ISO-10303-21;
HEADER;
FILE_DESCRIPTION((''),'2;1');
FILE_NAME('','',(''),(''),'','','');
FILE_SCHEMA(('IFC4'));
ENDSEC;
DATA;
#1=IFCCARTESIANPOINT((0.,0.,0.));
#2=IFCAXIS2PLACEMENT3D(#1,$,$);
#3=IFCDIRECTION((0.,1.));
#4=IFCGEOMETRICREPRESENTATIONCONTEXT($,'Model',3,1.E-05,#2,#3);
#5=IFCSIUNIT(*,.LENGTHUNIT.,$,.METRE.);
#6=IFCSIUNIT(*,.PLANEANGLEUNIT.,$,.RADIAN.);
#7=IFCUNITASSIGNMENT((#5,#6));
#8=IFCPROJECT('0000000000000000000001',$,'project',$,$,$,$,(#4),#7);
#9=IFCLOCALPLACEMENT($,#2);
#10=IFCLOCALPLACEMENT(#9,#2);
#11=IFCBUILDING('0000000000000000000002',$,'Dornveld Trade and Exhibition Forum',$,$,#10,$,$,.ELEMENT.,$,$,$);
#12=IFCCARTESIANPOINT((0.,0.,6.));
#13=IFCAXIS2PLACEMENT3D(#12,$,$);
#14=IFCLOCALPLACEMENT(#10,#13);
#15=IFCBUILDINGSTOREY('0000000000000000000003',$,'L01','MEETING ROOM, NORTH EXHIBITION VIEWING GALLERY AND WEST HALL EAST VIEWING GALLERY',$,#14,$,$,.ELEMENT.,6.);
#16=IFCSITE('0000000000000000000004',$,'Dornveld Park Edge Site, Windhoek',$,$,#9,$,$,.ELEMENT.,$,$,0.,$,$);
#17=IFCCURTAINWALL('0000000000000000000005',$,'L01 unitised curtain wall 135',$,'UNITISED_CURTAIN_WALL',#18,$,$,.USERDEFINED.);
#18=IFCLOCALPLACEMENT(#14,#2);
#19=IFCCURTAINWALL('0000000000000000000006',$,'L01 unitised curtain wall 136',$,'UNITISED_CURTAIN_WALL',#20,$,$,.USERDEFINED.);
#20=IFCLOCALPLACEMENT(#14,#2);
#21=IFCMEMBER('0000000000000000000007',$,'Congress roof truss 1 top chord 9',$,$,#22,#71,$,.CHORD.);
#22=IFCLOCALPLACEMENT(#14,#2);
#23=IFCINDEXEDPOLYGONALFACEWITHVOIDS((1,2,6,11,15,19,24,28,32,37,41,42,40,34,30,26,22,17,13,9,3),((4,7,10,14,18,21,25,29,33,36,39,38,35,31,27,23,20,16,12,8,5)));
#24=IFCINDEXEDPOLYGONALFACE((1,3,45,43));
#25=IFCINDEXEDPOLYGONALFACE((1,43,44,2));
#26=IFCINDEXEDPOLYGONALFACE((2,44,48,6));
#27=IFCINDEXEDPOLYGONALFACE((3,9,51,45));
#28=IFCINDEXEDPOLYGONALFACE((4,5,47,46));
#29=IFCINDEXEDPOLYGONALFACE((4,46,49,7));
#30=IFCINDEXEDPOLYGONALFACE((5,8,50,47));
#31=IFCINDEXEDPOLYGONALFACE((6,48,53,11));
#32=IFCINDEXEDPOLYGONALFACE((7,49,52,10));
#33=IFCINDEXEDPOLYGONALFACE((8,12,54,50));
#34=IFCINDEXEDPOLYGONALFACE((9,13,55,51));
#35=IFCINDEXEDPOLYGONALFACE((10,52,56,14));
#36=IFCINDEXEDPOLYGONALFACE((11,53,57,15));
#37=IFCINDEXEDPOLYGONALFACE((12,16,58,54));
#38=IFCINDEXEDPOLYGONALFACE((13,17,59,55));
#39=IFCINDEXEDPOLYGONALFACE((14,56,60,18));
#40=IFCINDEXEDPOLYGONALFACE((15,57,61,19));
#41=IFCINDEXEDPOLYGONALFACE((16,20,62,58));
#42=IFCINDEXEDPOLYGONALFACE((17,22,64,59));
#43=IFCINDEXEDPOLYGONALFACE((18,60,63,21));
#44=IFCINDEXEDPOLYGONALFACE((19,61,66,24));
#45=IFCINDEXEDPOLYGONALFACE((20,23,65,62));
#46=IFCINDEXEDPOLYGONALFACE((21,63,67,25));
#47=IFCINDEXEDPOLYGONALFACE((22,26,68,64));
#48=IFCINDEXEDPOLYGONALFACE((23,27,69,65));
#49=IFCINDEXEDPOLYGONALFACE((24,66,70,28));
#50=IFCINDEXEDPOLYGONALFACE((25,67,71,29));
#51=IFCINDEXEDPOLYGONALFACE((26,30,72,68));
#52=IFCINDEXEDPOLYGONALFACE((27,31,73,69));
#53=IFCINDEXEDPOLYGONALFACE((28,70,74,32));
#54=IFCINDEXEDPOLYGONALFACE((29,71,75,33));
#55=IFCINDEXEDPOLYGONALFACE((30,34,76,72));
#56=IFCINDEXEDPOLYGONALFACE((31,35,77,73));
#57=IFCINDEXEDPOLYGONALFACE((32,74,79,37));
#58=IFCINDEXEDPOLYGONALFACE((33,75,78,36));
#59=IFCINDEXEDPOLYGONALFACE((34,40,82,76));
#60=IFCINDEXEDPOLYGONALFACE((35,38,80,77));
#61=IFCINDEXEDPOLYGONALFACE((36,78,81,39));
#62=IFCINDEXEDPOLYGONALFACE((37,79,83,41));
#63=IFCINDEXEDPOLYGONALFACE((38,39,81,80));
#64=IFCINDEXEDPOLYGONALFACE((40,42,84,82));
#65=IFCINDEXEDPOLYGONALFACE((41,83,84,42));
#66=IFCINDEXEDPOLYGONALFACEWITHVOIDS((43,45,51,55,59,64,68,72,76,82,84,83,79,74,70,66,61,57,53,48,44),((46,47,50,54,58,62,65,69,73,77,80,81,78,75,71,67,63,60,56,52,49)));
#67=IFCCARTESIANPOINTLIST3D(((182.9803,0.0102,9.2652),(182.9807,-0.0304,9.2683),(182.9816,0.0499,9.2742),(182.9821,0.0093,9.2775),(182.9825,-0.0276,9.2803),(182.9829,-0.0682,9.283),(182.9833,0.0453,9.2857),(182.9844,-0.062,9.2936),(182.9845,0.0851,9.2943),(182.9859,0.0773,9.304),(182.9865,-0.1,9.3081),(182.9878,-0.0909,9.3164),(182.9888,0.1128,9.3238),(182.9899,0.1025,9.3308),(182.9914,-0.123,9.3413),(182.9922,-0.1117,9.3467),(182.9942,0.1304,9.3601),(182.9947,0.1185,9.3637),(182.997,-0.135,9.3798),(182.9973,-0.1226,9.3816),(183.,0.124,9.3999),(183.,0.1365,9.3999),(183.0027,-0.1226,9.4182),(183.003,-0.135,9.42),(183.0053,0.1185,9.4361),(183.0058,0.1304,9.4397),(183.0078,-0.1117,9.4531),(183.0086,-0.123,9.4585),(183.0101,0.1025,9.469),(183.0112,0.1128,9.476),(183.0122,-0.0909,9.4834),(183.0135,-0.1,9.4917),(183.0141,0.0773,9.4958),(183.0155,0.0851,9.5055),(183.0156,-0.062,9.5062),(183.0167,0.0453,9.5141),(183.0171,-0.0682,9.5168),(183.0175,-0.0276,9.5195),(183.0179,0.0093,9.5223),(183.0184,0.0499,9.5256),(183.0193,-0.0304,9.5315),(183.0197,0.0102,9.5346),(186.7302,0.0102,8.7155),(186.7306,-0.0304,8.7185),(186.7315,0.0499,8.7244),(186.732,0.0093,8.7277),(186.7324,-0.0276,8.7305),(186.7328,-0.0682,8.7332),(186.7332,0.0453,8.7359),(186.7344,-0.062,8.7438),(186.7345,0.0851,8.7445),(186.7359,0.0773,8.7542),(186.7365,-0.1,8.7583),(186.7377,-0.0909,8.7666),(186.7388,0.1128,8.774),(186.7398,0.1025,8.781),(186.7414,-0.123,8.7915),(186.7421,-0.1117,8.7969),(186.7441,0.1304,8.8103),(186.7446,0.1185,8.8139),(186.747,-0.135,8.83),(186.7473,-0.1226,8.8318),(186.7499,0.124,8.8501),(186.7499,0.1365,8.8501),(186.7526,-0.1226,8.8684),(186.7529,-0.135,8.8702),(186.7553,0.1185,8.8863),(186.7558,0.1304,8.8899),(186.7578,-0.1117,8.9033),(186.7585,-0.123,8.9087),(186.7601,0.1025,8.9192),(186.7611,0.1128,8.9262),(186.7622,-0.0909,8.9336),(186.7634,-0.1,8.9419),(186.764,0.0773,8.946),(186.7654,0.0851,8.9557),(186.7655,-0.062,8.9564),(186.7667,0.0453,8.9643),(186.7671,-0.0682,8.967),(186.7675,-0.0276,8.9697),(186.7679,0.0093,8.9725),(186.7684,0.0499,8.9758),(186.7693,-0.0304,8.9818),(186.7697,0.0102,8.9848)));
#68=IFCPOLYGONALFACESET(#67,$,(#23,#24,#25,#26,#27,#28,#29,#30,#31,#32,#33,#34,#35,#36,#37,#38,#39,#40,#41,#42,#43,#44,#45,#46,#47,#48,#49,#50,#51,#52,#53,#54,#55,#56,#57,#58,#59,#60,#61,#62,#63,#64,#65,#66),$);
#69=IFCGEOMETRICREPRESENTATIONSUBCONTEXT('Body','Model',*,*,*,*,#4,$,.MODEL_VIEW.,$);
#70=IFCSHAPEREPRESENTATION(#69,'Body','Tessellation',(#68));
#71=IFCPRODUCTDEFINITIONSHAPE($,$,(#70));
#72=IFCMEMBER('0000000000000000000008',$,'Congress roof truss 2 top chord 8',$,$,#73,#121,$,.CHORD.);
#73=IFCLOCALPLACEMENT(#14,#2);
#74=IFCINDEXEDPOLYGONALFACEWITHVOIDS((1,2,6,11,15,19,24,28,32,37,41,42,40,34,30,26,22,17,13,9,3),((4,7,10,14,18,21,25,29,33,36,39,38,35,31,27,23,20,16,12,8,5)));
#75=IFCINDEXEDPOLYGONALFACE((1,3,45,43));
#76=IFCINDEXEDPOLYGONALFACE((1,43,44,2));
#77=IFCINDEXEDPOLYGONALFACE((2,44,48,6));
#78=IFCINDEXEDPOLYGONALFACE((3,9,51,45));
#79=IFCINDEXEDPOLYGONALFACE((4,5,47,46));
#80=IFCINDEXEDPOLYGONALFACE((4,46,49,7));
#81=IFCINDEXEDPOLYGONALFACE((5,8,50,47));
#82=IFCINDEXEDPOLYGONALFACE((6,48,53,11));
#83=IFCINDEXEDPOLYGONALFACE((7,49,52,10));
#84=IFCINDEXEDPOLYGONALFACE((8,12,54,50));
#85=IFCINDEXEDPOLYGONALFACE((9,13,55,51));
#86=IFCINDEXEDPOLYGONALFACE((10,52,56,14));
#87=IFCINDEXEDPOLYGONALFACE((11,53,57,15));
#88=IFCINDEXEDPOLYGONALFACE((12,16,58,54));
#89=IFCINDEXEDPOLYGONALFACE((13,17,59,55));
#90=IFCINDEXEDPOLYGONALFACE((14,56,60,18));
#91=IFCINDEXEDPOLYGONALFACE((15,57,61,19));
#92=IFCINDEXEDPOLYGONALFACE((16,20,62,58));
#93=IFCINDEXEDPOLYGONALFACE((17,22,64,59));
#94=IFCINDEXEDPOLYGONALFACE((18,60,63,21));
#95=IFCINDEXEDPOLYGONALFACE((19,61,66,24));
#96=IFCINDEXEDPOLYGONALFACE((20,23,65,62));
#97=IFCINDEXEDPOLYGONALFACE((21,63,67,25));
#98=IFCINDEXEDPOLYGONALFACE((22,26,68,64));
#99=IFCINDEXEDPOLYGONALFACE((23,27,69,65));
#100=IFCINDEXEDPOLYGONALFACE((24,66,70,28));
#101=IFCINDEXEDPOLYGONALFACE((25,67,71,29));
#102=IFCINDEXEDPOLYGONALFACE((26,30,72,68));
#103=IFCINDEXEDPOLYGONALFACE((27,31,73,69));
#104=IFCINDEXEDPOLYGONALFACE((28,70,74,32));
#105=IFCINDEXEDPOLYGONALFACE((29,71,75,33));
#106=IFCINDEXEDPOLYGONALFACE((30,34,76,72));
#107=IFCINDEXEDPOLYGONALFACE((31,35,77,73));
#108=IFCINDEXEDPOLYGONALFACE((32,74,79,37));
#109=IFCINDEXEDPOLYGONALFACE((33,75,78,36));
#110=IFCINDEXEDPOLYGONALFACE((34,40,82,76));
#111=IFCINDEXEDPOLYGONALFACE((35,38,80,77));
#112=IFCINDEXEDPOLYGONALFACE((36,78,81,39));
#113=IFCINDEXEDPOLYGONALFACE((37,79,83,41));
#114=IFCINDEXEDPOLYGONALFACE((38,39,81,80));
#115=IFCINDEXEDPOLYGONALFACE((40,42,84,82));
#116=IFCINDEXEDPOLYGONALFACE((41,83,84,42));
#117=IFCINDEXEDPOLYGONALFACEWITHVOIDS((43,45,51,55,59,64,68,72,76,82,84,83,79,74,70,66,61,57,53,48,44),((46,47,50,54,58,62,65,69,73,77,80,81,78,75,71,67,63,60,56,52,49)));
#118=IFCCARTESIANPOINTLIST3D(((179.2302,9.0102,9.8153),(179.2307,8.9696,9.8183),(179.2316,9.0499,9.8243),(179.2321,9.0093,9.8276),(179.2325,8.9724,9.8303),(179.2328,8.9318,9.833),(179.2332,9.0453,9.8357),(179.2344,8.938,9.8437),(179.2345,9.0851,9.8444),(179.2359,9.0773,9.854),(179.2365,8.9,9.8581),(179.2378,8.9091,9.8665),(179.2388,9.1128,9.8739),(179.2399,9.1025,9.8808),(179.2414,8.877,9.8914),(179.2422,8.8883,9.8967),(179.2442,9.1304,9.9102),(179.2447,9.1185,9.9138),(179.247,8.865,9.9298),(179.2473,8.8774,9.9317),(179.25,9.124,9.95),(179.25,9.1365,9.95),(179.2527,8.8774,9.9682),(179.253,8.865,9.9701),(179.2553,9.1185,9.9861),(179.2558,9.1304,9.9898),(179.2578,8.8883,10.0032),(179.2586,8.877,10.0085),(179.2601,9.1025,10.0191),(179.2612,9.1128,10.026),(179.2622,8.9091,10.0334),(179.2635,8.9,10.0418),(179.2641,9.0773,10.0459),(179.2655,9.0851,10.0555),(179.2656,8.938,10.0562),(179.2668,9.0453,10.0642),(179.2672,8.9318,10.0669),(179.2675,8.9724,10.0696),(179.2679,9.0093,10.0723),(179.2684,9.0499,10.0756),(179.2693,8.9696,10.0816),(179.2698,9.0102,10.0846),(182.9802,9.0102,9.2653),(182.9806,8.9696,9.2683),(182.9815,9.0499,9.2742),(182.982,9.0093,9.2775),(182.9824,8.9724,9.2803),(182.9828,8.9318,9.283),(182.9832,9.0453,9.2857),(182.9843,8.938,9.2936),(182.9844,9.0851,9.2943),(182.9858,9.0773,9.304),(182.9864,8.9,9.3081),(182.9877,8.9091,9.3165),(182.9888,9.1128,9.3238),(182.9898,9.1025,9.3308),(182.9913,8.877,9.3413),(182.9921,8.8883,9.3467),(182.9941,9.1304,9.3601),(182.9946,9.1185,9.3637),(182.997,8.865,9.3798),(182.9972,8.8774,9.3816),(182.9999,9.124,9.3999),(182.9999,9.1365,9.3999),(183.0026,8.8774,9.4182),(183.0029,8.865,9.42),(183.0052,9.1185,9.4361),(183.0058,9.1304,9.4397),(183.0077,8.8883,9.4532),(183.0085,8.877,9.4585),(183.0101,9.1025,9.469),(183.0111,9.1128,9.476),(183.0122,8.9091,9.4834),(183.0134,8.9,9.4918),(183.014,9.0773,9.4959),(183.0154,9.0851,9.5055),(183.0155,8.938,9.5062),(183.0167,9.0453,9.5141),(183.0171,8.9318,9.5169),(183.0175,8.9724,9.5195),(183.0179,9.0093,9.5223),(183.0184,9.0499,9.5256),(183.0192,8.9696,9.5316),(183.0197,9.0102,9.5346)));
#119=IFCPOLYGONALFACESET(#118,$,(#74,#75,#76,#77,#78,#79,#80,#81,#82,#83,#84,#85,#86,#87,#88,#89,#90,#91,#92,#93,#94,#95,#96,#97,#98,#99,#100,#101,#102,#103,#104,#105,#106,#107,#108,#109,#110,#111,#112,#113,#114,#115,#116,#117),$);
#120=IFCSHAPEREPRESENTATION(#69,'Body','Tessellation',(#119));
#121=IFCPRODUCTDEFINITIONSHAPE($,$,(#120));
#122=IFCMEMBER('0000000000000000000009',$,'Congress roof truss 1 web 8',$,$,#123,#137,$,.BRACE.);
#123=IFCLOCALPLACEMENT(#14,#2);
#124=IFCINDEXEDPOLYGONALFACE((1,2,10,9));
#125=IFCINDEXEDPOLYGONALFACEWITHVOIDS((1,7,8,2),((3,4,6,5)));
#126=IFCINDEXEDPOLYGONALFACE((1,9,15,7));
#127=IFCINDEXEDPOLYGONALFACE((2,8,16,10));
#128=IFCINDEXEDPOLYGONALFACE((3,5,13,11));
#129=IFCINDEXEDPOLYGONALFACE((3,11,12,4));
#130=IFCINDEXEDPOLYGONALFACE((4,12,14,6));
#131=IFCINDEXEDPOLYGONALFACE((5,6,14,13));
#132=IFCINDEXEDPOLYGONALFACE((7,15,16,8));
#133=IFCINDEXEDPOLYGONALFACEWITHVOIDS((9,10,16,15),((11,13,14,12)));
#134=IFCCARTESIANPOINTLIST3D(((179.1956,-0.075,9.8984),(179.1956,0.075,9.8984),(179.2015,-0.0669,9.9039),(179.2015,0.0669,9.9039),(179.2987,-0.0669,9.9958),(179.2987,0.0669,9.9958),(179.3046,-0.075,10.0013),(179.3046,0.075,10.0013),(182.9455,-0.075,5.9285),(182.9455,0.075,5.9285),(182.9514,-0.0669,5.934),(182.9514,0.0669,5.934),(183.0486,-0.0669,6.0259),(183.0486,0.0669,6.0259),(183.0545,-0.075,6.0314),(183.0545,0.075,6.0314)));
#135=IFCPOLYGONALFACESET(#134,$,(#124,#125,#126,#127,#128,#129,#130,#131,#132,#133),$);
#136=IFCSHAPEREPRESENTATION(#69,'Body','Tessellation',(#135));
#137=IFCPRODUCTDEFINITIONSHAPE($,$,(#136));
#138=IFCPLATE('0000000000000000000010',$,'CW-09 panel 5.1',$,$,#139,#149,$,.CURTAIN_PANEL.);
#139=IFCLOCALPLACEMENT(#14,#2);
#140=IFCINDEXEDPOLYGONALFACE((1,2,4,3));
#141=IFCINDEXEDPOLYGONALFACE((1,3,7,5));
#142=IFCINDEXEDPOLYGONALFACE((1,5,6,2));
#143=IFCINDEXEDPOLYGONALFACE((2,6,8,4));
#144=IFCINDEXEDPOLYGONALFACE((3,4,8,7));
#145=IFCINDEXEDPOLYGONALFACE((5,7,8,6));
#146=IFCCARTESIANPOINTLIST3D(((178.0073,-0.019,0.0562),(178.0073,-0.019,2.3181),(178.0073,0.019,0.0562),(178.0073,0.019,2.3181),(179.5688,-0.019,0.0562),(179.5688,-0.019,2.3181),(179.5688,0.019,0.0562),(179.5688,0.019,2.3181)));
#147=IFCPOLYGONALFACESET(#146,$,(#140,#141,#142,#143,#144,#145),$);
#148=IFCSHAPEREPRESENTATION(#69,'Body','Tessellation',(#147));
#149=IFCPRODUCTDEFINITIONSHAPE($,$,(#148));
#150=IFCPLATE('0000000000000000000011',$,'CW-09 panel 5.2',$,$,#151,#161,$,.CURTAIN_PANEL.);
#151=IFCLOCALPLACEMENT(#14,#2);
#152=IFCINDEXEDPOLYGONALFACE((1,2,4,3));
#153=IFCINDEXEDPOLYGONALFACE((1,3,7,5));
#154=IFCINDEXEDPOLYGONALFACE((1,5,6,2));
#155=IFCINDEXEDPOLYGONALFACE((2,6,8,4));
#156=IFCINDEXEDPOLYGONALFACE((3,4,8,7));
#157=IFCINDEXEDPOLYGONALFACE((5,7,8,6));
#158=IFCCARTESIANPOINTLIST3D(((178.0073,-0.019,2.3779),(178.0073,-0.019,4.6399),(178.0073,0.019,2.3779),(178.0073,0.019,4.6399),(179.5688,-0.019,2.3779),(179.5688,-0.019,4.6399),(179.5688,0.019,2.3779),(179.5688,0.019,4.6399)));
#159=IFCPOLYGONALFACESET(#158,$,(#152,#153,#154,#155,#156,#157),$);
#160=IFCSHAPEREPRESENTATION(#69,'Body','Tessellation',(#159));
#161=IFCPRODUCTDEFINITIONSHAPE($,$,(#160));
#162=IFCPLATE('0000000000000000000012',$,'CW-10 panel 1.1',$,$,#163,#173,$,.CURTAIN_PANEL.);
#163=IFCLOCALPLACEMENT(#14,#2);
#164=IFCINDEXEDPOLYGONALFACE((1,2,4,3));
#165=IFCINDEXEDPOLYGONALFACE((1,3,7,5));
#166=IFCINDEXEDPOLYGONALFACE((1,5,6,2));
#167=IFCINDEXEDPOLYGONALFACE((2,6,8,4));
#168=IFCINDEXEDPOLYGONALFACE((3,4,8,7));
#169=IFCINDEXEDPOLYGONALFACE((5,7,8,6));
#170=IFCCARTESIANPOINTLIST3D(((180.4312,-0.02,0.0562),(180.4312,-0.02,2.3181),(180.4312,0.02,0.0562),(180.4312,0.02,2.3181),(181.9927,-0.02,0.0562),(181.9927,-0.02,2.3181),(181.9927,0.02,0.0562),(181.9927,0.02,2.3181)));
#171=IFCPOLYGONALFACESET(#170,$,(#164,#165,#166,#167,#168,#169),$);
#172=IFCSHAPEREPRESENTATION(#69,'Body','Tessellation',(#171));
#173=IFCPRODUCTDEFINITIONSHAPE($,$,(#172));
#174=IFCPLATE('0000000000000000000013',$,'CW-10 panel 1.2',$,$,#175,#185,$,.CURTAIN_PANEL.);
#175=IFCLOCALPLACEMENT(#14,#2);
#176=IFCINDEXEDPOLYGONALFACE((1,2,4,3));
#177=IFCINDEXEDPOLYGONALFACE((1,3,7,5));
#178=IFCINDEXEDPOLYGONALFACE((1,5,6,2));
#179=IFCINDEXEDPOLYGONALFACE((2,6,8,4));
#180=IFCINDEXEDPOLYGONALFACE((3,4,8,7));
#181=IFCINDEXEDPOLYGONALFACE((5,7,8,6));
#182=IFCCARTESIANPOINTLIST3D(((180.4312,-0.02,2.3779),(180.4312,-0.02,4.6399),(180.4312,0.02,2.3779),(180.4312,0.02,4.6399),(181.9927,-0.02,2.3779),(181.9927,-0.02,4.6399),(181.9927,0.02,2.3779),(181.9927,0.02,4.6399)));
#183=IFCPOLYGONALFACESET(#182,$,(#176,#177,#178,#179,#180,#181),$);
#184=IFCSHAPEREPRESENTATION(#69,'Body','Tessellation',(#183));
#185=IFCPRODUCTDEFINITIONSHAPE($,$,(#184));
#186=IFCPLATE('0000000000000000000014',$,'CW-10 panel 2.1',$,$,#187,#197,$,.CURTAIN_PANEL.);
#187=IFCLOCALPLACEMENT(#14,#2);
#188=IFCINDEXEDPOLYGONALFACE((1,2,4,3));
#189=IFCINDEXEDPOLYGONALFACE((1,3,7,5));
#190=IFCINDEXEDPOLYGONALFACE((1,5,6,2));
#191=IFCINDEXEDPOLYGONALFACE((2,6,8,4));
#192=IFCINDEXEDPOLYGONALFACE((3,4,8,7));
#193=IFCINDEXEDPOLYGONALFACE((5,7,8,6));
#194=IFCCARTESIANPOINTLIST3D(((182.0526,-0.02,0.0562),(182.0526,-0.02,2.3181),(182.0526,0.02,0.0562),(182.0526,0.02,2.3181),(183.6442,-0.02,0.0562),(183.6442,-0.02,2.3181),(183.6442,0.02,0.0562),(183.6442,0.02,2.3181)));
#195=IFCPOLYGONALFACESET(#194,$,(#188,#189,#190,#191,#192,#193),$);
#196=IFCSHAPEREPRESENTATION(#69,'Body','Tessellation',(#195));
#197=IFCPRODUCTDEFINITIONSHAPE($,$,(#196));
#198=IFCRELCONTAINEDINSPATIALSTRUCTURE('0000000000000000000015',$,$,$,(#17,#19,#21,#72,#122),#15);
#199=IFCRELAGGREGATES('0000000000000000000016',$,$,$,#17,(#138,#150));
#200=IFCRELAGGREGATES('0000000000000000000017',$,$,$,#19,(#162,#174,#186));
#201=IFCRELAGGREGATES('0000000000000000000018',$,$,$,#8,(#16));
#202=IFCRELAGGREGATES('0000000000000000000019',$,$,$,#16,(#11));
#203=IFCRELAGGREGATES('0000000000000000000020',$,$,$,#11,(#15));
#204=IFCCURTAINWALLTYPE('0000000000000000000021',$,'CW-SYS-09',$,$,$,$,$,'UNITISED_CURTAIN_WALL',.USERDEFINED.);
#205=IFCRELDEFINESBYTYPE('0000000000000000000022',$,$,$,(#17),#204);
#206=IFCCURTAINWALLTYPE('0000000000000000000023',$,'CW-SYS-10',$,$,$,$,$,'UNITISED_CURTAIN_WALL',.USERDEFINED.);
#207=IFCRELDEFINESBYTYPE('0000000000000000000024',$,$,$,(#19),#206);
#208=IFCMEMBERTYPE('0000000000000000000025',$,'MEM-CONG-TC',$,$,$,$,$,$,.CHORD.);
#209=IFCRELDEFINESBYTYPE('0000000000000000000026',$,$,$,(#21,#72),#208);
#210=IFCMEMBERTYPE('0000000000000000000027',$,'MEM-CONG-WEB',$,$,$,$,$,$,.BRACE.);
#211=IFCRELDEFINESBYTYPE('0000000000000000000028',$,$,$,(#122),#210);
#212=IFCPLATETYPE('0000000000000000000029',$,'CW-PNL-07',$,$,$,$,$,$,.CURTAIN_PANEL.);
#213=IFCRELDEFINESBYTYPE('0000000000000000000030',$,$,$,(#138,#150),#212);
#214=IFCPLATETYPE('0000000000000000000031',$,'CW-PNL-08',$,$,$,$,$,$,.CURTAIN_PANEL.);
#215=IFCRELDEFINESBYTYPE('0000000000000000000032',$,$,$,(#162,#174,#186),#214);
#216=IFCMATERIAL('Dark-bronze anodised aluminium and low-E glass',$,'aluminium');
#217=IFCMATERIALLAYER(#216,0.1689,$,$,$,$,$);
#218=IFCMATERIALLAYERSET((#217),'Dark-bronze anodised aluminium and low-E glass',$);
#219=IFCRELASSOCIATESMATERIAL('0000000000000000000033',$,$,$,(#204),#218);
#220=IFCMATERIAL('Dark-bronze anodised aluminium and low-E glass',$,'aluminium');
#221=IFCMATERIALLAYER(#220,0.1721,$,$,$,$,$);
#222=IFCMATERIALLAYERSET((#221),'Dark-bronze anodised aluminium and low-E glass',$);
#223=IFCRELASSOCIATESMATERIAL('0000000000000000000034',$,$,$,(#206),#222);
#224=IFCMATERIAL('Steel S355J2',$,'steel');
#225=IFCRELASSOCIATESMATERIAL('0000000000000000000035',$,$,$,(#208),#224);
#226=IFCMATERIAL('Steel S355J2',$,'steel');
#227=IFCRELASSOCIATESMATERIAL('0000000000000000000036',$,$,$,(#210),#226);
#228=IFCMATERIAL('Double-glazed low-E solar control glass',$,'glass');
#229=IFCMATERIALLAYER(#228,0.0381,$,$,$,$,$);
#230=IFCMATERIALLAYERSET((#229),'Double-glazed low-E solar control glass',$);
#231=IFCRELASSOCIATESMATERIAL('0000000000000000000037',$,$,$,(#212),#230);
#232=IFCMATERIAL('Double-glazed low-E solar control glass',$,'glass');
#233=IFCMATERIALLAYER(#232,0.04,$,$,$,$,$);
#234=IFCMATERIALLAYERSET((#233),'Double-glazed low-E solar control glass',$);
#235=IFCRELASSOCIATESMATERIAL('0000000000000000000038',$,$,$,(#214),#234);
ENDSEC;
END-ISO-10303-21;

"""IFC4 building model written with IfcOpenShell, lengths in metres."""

from ifc_helpers import new_model, si_unit, direction, frame, origin, origin_2d, place, context, subcontext, project, spatial, rectangle, hollow_rectangle, hollow_circle, extrude, material, layer, layer_set, material_profile, profile_set, type_object, element, aggregate, save


model = new_model("IFC4")

# Units and contexts
model_context = context("Model", 3, precision=1e-05, world=origin(), true_north=direction((0.0, 1.0)))
body_context = subcontext(model_context, "Body", "Model", "MODEL_VIEW")
ifc_project = project(units=[si_unit("LENGTHUNIT", "METRE"), si_unit("PLANEANGLEUNIT", "RADIAN")], contexts=[model_context])

# Site, building, storey
site_placement = place(None, origin())
site = spatial("IfcSite", under=ifc_project, at=site_placement, Name="Dornveld Park Edge Site, Windhoek", CompositionType="ELEMENT", RefElevation=0.0)
building_placement = place(site_placement, origin())
building = spatial("IfcBuilding", under=site, at=building_placement, Name="Dornveld Trade and Exhibition Forum", CompositionType="ELEMENT")
storey_placement = place(building_placement, frame((0.0, 0.0, 6.0)))
storey = spatial("IfcBuildingStorey", under=building, at=storey_placement, Name="L01", Description="MEETING ROOM, NORTH EXHIBITION VIEWING GALLERY AND WEST HALL EAST VIEWING GALLERY", CompositionType="ELEMENT", Elevation=6.0)

# Curtain walls
ifc_material_1 = material(Name="Dark-bronze anodised aluminium and low-E glass", Category="aluminium")
ifc_layer_1 = layer(ifc_material_1, 0.1689)
ifc_layer_set_1 = layer_set([ifc_layer_1], Name="Dark-bronze anodised aluminium and low-E glass")
curtain_wall_type_1 = type_object("IfcCurtainWallType", Name="CW-SYS-09", ElementType="UNITISED_CURTAIN_WALL", PredefinedType="USERDEFINED", material=ifc_layer_set_1)
curtain_wall_1_placement = place(storey_placement, origin())
curtain_wall_1 = element("IfcCurtainWall", 1, at=curtain_wall_1_placement, inside=storey, type_object=curtain_wall_type_1, Name="L01 unitised curtain wall 135", ObjectType="UNITISED_CURTAIN_WALL", PredefinedType="USERDEFINED")
ifc_material_2 = material(Name="Dark-bronze anodised aluminium and low-E glass", Category="aluminium")
ifc_layer_2 = layer(ifc_material_2, 0.1721)
ifc_layer_set_2 = layer_set([ifc_layer_2], Name="Dark-bronze anodised aluminium and low-E glass")
curtain_wall_type_2 = type_object("IfcCurtainWallType", Name="CW-SYS-10", ElementType="UNITISED_CURTAIN_WALL", PredefinedType="USERDEFINED", material=ifc_layer_set_2)
curtain_wall_2_placement = place(storey_placement, origin())
curtain_wall_2 = element("IfcCurtainWall", 2, at=curtain_wall_2_placement, inside=storey, type_object=curtain_wall_type_2, Name="L01 unitised curtain wall 136", ObjectType="UNITISED_CURTAIN_WALL", PredefinedType="USERDEFINED")

# Members
ifc_material_3 = material(Name="Steel S355J2", Category="steel")
ifc_material_profile_1 = material_profile(ifc_material_3, hollow_circle(Radius=0.1365, WallThickness=0.0125, at=origin_2d()), Name="CHS 273x12.5")
ifc_profile_set_1 = profile_set([ifc_material_profile_1], Name="Steel S355J2")
member_type_1 = type_object("IfcMemberType", Name="MEM-CONG-TC", PredefinedType="CHORD", material=ifc_profile_set_1)
for number, where, z_axis, x_axis, name in (
    (3, (183.0, 0.0, 9.3999), (0.989422, 0.0, -0.145064), (0.0, 1.0, 0.0), "Congress roof truss 1 top chord 9"),
    (4, (179.25, 9.0, 9.95), (0.989413, 0.0, -0.145127), (0.0, 1.0, 0.0), "Congress roof truss 2 top chord 8"),
):
    element("IfcMember", number, at=place(storey_placement, frame(where, z_axis=z_axis, x_axis=x_axis)), inside=storey, type_object=member_type_1, Name=name, PredefinedType="CHORD", context=body_context, shape_type="SweptSolid", body=[
        extrude(hollow_circle(Radius=0.1365, WallThickness=0.0125, at=origin_2d()), origin(), (0.0, 0.0, 1.0), 3.79),
    ])
ifc_material_4 = material(Name="Steel S355J2", Category="steel")
ifc_material_profile_2 = material_profile(ifc_material_4, hollow_rectangle(XDim=0.1499, YDim=0.1499, WallThickness=0.0081, at=origin_2d()), Name="SHS 150x150x8")
ifc_profile_set_2 = profile_set([ifc_material_profile_2], Name="Steel S355J2")
member_type_2 = type_object("IfcMemberType", Name="MEM-CONG-WEB", PredefinedType="BRACE", material=ifc_profile_set_2)
member_1_placement = place(storey_placement, frame((183.0, 0.0, 5.98), z_axis=(-0.68668, 0.0, 0.72696), x_axis=(0.0, -1.0, 0.0)))
element("IfcMember", 5, at=member_1_placement, inside=storey, type_object=member_type_2, Name="Congress roof truss 1 web 8", PredefinedType="BRACE", context=body_context, shape_type="SweptSolid", body=[
    extrude(hollow_rectangle(XDim=0.1499, YDim=0.1499, WallThickness=0.0081, at=origin_2d()), origin(), (0.0, 0.0, 1.0), 5.4609),
])

# Plates
ifc_material_5 = material(Name="Double-glazed low-E solar control glass", Category="glass")
ifc_layer_3 = layer(ifc_material_5, 0.0381)
ifc_layer_set_3 = layer_set([ifc_layer_3], Name="Double-glazed low-E solar control glass")
plate_type_1 = type_object("IfcPlateType", Name="CW-PNL-07", PredefinedType="CURTAIN_PANEL", material=ifc_layer_set_3)
plate_1_placement = place(storey_placement, frame((178.7881, 0.0, 0.0562), z_axis=(0.0, 0.0, 1.0), x_axis=(1.0, 0.0, 0.0)))
plate_1 = element("IfcPlate", 6, at=plate_1_placement, type_object=plate_type_1, Name="CW-09 panel 5.1", PredefinedType="CURTAIN_PANEL", context=body_context, shape_type="SweptSolid", body=[
    extrude(rectangle(XDim=1.5615, YDim=0.0381, at=origin_2d()), origin(), (0.0, 0.0, 1.0), 2.262),
])
plate_2_placement = place(storey_placement, frame((178.7881, 0.0, 2.3779), z_axis=(0.0, 0.0, 1.0), x_axis=(1.0, 0.0, 0.0)))
plate_2 = element("IfcPlate", 7, at=plate_2_placement, type_object=plate_type_1, Name="CW-09 panel 5.2", PredefinedType="CURTAIN_PANEL", context=body_context, shape_type="SweptSolid", body=[
    extrude(rectangle(XDim=1.5615, YDim=0.0381, at=origin_2d()), origin(), (0.0, 0.0, 1.0), 2.262),
])
aggregate(curtain_wall_1, [plate_1, plate_2])
ifc_material_6 = material(Name="Double-glazed low-E solar control glass", Category="glass")
ifc_layer_4 = layer(ifc_material_6, 0.04)
ifc_layer_set_4 = layer_set([ifc_layer_4], Name="Double-glazed low-E solar control glass")
plate_type_2 = type_object("IfcPlateType", Name="CW-PNL-08", PredefinedType="CURTAIN_PANEL", material=ifc_layer_set_4)
plate_3_placement = place(storey_placement, frame((181.2119, 0.0, 0.0562), z_axis=(0.0, 0.0, 1.0), x_axis=(1.0, 0.0, 0.0)))
plate_3 = element("IfcPlate", 8, at=plate_3_placement, type_object=plate_type_2, Name="CW-10 panel 1.1", PredefinedType="CURTAIN_PANEL", context=body_context, shape_type="SweptSolid", body=[
    extrude(rectangle(XDim=1.5615, YDim=0.04, at=origin_2d()), origin(), (0.0, 0.0, 1.0), 2.262),
])
plate_4_placement = place(storey_placement, frame((181.2119, 0.0, 2.3779), z_axis=(0.0, 0.0, 1.0), x_axis=(1.0, 0.0, 0.0)))
plate_4 = element("IfcPlate", 9, at=plate_4_placement, type_object=plate_type_2, Name="CW-10 panel 1.2", PredefinedType="CURTAIN_PANEL", context=body_context, shape_type="SweptSolid", body=[
    extrude(rectangle(XDim=1.5615, YDim=0.04, at=origin_2d()), origin(), (0.0, 0.0, 1.0), 2.262),
])
plate_5_placement = place(storey_placement, frame((182.8484, 0.0, 0.0562), z_axis=(0.0, 0.0, 1.0), x_axis=(1.0, 0.0, 0.0)))
plate_5 = element("IfcPlate", 10, at=plate_5_placement, type_object=plate_type_2, Name="CW-10 panel 2.1", PredefinedType="CURTAIN_PANEL", context=body_context, shape_type="SweptSolid", body=[
    extrude(rectangle(XDim=1.5916, YDim=0.04, at=origin_2d()), origin(), (0.0, 0.0, 1.0), 2.262),
])
aggregate(curtain_wall_2, [plate_3, plate_4, plate_5])

save(model, "model.ifc")
